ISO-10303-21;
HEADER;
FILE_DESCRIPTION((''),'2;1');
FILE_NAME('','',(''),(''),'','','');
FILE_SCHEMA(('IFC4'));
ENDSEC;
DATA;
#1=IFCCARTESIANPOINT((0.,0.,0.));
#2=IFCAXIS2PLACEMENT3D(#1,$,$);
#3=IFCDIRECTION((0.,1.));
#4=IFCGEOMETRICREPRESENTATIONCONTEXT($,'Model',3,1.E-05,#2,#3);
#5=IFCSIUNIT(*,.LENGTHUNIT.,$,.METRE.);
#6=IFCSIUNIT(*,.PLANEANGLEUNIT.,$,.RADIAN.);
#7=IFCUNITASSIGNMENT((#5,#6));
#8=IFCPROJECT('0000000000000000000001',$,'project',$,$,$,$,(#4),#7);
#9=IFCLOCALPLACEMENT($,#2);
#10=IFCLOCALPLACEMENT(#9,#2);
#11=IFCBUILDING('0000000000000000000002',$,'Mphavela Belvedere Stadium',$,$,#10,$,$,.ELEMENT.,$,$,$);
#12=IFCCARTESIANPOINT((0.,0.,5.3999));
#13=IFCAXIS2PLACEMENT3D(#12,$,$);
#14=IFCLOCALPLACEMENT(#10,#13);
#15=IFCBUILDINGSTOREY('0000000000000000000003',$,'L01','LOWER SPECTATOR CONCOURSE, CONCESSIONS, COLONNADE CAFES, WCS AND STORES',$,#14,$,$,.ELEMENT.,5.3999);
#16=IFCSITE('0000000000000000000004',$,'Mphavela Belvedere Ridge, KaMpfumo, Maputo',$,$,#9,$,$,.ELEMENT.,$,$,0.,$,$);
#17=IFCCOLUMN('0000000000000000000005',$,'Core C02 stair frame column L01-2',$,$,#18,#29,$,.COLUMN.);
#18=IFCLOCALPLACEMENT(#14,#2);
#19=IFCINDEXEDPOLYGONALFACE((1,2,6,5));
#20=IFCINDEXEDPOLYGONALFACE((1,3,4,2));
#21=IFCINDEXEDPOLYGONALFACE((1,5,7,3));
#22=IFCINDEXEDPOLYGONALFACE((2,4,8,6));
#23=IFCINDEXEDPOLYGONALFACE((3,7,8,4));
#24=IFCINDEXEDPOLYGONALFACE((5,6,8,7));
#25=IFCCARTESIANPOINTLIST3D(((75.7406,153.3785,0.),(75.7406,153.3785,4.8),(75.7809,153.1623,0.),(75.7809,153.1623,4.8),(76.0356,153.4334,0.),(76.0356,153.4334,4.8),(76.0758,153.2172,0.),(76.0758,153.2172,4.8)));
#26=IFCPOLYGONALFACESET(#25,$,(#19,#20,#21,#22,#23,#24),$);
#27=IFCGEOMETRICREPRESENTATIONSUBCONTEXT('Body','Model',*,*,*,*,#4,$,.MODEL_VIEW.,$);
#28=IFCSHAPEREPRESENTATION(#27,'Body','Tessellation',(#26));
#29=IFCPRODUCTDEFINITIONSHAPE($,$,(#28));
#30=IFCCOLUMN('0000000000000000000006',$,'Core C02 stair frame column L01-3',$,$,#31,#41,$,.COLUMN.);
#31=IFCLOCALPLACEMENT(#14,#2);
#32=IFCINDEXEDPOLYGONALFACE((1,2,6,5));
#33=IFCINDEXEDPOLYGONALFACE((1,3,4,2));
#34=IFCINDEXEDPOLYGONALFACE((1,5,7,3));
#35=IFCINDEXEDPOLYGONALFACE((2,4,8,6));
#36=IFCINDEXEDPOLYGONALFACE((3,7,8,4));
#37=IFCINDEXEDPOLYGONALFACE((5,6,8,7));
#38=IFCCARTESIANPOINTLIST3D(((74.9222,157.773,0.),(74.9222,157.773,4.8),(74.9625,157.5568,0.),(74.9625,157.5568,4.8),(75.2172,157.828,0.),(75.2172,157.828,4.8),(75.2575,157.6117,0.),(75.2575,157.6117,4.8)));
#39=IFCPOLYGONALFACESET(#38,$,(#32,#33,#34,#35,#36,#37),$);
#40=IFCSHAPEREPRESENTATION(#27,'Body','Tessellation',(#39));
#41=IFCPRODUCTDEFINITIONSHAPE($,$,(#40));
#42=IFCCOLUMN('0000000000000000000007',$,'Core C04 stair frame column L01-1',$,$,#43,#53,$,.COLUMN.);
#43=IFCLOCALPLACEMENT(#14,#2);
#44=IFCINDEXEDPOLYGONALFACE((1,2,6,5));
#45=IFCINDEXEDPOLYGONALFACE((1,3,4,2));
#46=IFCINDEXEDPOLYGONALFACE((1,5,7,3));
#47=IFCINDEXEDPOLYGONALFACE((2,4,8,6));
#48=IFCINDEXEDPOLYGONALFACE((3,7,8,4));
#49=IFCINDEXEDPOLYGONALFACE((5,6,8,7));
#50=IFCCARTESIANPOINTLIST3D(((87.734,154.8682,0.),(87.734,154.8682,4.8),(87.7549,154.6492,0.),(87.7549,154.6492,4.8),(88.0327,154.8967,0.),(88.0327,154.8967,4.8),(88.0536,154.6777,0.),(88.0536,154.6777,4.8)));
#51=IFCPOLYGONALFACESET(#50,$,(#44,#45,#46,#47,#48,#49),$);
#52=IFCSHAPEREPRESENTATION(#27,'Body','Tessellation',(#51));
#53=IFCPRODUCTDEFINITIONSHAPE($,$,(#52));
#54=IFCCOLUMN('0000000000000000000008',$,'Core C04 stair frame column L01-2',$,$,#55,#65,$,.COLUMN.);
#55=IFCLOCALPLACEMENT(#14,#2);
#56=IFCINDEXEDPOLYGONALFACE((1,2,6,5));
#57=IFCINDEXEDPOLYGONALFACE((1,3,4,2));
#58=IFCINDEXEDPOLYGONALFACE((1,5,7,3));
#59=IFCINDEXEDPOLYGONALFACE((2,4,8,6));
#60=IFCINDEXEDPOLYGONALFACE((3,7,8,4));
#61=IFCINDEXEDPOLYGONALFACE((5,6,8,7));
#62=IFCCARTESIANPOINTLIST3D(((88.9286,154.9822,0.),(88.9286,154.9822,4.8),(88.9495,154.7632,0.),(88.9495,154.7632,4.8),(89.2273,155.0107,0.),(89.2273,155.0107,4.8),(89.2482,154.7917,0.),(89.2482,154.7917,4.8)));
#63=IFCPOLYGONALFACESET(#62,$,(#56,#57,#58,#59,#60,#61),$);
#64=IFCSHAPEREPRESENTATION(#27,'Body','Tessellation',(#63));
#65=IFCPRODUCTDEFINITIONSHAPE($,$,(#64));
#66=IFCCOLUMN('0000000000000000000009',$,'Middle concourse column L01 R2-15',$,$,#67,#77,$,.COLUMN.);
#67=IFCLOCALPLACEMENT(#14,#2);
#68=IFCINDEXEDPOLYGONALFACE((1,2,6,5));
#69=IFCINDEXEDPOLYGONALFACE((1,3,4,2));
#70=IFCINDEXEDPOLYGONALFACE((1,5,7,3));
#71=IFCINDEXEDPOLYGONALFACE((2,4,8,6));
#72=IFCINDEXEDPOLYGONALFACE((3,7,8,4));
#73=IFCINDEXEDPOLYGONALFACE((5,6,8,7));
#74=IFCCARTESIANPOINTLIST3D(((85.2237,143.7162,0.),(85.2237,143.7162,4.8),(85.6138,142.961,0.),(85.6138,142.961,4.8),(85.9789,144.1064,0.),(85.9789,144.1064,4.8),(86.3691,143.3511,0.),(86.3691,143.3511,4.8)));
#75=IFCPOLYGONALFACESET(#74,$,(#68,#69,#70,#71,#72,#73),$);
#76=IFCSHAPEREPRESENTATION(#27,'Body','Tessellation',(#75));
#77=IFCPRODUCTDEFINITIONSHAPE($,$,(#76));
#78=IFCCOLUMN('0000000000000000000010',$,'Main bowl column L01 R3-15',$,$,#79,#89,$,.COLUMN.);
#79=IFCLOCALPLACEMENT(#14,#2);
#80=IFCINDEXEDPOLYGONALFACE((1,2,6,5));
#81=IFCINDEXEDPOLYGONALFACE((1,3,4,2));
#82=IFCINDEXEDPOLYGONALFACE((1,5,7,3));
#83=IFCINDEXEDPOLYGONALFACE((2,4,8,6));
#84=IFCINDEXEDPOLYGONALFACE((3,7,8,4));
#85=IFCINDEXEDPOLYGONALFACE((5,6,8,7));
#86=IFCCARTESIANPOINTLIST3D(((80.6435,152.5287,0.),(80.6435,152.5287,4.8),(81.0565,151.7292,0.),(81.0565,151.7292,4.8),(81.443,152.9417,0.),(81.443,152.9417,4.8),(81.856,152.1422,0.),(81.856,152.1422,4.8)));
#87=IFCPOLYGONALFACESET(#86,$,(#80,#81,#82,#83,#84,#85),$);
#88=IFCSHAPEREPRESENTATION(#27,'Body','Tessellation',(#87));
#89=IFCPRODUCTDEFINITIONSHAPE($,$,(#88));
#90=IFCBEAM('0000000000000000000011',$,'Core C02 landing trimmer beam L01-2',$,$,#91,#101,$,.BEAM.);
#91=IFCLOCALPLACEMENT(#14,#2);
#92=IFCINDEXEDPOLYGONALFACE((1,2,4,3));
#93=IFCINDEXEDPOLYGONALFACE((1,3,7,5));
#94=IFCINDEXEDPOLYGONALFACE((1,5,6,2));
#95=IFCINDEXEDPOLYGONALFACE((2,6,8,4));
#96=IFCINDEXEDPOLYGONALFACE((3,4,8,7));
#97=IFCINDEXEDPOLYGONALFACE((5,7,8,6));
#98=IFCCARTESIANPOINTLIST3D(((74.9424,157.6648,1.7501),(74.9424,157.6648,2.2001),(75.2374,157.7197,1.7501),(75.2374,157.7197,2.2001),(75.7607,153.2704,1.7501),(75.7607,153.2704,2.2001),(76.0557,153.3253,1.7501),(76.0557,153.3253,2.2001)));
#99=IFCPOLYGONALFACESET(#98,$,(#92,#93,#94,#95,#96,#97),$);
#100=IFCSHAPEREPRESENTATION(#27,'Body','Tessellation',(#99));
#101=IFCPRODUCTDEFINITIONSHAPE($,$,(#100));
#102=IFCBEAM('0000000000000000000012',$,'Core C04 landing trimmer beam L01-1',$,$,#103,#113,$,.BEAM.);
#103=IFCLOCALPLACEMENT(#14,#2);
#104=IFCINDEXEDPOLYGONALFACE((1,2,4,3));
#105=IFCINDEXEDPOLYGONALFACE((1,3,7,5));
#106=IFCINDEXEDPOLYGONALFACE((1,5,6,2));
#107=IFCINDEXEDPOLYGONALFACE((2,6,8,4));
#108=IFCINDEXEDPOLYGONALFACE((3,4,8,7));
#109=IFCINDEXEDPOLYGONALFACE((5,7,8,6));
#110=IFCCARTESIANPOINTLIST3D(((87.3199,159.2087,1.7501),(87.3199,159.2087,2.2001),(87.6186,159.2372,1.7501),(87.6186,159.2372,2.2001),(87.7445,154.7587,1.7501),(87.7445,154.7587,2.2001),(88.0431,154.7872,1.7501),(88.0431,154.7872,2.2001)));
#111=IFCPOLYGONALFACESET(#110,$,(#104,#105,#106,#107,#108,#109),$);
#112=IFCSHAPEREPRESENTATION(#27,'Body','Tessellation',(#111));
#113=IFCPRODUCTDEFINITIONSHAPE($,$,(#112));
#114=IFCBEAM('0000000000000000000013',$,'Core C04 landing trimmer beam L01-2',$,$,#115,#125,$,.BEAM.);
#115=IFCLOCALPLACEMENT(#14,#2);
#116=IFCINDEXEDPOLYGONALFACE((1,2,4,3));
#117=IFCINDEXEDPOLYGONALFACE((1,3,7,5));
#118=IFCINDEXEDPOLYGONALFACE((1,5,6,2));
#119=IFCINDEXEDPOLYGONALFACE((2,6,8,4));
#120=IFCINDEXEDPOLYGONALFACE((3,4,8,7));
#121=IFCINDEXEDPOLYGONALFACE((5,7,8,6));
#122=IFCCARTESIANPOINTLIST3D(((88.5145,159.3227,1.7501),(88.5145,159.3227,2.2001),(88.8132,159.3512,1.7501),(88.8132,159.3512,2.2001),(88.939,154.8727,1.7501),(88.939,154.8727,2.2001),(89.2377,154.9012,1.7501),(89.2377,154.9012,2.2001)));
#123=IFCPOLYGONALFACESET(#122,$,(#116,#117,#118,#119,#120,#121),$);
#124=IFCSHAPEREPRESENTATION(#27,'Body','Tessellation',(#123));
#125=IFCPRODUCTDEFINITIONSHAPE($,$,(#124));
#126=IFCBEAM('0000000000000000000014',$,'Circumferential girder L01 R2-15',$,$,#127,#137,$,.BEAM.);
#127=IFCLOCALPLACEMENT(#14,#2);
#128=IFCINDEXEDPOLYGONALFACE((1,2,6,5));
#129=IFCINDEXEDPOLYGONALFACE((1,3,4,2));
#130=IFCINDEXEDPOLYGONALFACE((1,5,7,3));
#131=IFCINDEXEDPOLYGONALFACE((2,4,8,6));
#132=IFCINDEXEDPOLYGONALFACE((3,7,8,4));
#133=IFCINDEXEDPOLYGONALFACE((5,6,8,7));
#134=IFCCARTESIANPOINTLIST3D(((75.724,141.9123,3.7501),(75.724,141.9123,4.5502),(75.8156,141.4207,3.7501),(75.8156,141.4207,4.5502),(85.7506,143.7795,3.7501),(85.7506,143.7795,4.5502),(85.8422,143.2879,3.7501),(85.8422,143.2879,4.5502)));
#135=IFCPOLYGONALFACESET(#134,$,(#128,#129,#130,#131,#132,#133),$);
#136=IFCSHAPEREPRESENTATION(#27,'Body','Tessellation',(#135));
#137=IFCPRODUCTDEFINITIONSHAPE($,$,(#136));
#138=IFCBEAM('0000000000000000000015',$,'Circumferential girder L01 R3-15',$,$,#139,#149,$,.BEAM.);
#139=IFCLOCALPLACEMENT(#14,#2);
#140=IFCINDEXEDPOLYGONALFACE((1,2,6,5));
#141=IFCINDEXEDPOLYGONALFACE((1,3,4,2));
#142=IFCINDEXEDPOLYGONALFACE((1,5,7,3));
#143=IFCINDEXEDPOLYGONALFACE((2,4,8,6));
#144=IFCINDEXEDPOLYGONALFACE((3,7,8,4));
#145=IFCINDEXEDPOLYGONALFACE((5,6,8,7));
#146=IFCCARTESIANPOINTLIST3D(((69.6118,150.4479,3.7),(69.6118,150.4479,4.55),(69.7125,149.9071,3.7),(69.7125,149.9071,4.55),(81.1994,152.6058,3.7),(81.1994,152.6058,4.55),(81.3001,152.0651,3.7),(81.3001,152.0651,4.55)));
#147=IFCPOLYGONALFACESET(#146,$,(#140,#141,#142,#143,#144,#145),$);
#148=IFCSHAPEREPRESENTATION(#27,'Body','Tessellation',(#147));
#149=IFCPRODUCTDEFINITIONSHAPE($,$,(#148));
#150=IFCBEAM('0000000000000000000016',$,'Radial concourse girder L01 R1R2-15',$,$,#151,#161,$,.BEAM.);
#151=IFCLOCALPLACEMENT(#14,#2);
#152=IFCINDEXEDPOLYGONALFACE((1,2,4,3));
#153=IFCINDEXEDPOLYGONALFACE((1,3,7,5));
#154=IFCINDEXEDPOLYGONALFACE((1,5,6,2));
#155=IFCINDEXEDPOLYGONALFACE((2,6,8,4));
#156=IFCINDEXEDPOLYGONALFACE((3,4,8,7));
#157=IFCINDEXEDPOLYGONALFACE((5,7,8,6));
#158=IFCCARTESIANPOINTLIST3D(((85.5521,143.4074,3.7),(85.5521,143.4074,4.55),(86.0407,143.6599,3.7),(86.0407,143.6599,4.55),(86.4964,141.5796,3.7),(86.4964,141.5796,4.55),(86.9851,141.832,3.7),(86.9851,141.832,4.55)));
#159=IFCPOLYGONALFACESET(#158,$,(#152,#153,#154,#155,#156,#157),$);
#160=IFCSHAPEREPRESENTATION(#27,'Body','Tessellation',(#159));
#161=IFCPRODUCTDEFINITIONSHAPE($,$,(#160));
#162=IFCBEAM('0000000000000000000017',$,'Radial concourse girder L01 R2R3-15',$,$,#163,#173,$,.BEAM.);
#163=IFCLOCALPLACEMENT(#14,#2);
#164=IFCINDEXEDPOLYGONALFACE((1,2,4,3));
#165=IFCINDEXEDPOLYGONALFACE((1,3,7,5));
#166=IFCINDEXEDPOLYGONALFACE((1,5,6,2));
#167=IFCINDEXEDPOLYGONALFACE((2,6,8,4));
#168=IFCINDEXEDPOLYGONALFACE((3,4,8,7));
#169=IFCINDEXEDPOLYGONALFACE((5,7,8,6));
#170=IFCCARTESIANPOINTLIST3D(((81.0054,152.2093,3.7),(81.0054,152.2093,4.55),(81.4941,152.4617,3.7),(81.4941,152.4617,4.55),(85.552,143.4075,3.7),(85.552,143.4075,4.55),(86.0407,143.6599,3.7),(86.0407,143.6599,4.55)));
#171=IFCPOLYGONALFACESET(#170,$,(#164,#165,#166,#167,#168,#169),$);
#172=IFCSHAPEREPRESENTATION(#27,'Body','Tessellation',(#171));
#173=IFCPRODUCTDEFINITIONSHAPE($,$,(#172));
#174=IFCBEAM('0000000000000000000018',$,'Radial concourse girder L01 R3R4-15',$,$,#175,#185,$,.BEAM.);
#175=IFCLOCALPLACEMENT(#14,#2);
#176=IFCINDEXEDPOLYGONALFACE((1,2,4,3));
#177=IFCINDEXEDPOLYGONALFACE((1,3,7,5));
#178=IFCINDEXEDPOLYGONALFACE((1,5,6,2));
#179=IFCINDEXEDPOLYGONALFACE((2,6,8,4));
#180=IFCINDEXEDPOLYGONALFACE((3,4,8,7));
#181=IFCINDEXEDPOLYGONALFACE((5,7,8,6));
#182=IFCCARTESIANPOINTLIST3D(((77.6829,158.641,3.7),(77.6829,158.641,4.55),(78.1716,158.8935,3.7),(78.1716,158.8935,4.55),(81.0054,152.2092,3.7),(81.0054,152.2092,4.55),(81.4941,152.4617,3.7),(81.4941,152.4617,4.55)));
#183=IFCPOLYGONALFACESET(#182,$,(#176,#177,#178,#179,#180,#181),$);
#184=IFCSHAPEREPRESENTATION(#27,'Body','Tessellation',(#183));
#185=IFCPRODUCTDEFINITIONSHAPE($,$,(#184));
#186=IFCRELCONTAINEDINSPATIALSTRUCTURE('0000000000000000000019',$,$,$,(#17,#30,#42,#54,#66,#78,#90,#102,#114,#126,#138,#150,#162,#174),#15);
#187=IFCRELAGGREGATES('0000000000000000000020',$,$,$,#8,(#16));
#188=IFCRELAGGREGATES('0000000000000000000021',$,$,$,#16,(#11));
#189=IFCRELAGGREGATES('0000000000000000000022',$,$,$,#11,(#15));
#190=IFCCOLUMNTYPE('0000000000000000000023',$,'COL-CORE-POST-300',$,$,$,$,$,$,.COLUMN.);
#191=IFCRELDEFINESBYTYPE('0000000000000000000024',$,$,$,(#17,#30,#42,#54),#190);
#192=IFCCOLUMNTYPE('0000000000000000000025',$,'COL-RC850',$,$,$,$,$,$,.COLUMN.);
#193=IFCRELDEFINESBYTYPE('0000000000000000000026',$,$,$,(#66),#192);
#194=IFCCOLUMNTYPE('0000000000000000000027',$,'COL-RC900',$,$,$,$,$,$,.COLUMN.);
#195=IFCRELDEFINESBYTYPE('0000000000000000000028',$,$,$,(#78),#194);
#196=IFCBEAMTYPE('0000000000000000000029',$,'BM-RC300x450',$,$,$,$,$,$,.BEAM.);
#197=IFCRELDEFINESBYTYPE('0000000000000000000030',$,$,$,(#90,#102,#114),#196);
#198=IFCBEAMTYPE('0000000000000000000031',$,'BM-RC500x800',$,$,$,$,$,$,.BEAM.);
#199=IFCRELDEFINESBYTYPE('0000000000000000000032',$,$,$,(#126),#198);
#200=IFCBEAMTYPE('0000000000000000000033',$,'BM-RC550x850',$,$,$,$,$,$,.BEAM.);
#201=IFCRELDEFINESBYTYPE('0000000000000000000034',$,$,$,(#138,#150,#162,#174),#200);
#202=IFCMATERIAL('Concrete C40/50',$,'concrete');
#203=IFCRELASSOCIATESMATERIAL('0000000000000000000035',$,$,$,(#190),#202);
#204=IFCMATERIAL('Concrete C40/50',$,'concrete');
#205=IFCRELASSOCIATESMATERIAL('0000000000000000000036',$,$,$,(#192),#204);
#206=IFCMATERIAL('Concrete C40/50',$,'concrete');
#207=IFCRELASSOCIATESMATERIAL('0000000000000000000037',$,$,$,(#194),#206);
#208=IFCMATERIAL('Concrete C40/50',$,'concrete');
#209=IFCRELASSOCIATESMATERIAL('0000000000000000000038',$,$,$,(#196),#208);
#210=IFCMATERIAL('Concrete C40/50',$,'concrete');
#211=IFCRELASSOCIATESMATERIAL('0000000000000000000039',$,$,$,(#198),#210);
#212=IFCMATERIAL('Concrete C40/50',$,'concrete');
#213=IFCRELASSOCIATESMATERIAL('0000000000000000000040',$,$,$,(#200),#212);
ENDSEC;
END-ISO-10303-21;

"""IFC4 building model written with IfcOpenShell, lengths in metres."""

from ifc_helpers import new_model, si_unit, direction, frame, origin, origin_2d, place, context, subcontext, project, spatial, rectangle, extrude, material, material_profile, profile_set, type_object, element, save


model = new_model("IFC4")

# Units and contexts
model_context = context("Model", 3, precision=1e-05, world=origin(), true_north=direction((0.0, 1.0)))
body_context = subcontext(model_context, "Body", "Model", "MODEL_VIEW")
ifc_project = project(units=[si_unit("LENGTHUNIT", "METRE"), si_unit("PLANEANGLEUNIT", "RADIAN")], contexts=[model_context])

# Site, building, storey
site_placement = place(None, origin())
site = spatial("IfcSite", under=ifc_project, at=site_placement, Name="Mphavela Belvedere Ridge, KaMpfumo, Maputo", CompositionType="ELEMENT", RefElevation=0.0)
building_placement = place(site_placement, origin())
building = spatial("IfcBuilding", under=site, at=building_placement, Name="Mphavela Belvedere Stadium", CompositionType="ELEMENT")
storey_placement = place(building_placement, frame((0.0, 0.0, 5.3999)))
storey = spatial("IfcBuildingStorey", under=building, at=storey_placement, Name="L01", Description="LOWER SPECTATOR CONCOURSE, CONCESSIONS, COLONNADE CAFES, WCS AND STORES", CompositionType="ELEMENT", Elevation=5.3999)

# Columns
ifc_material_1 = material(Name="Concrete C40/50", Category="concrete")
ifc_material_profile_1 = material_profile(ifc_material_1, rectangle(XDim=0.3, YDim=0.22, at=origin_2d()), Name="RC 300x220")
ifc_profile_set_1 = profile_set([ifc_material_profile_1], Name="Concrete C40/50")
column_type_1 = type_object("IfcColumnType", Name="COL-CORE-POST-300", PredefinedType="COLUMN", material=ifc_profile_set_1)
for number, where, z_axis, x_axis, name in (
    (1, (75.9082, 153.2979, 0.0), (0.0, 0.0, 1.0), (0.983096, 0.183094, 0.0), "Core C02 stair frame column L01-2"),
    (2, (75.0898, 157.6924, 0.0), (0.0, 0.0, 1.0), (0.983096, 0.183094, 0.0), "Core C02 stair frame column L01-3"),
    (3, (87.8938, 154.7729, 0.0), (0.0, 0.0, 1.0), (0.995479, 0.094977, 0.0), "Core C04 stair frame column L01-1"),
    (4, (89.0884, 154.887, 0.0), (0.0, 0.0, 1.0), (0.995479, 0.094977, 0.0), "Core C04 stair frame column L01-2"),
):
    element("IfcColumn", number, at=place(storey_placement, frame(where, z_axis=z_axis, x_axis=x_axis)), inside=storey, type_object=column_type_1, Name=name, PredefinedType="COLUMN", context=body_context, shape_type="SweptSolid", body=[
        extrude(rectangle(XDim=0.3, YDim=0.22, at=origin_2d()), origin(), (0.0, 0.0, 1.0), 4.8),
    ])
ifc_material_2 = material(Name="Concrete C40/50", Category="concrete")
ifc_material_profile_2 = material_profile(ifc_material_2, rectangle(XDim=0.8501, YDim=0.8501, at=origin_2d()), Name="RC 850x850")
ifc_profile_set_2 = profile_set([ifc_material_profile_2], Name="Concrete C40/50")
column_type_2 = type_object("IfcColumnType", Name="COL-RC850", PredefinedType="COLUMN", material=ifc_profile_set_2)
column_1_placement = place(storey_placement, frame((85.7964, 143.5337, 0.0), z_axis=(0.0, 0.0, 1.0), x_axis=(-0.45896, 0.888457, 0.0)))
element("IfcColumn", 5, at=column_1_placement, inside=storey, type_object=column_type_2, Name="Middle concourse column L01 R2-15", PredefinedType="COLUMN", context=body_context, shape_type="SweptSolid", body=[
    extrude(rectangle(XDim=0.8501, YDim=0.8501, at=origin_2d()), origin(), (0.0, 0.0, 1.0), 4.8),
])
ifc_material_3 = material(Name="Concrete C40/50", Category="concrete")
ifc_material_profile_3 = material_profile(ifc_material_3, rectangle(XDim=0.8999, YDim=0.8999, at=origin_2d()), Name="RC 900x900")
ifc_profile_set_3 = profile_set([ifc_material_profile_3], Name="Concrete C40/50")
column_type_3 = type_object("IfcColumnType", Name="COL-RC900", PredefinedType="COLUMN", material=ifc_profile_set_3)
column_2_placement = place(storey_placement, frame((81.2498, 152.3354, 0.0), z_axis=(0.0, 0.0, 1.0), x_axis=(-0.45896, 0.888457, 0.0)))
element("IfcColumn", 6, at=column_2_placement, inside=storey, type_object=column_type_3, Name="Main bowl column L01 R3-15", PredefinedType="COLUMN", context=body_context, shape_type="SweptSolid", body=[
    extrude(rectangle(XDim=0.8999, YDim=0.8999, at=origin_2d()), origin(), (0.0, 0.0, 1.0), 4.8),
])

# Beams
ifc_material_4 = material(Name="Concrete C40/50", Category="concrete")
ifc_material_profile_4 = material_profile(ifc_material_4, rectangle(XDim=0.3, YDim=0.45, at=origin_2d()), Name="RC 300x450")
ifc_profile_set_4 = profile_set([ifc_material_profile_4], Name="Concrete C40/50")
beam_type_1 = type_object("IfcBeamType", Name="BM-RC300x450", PredefinedType="BEAM", material=ifc_profile_set_4)
beam_1_placement = place(storey_placement, frame((75.9082, 153.2979, 1.9751), z_axis=(-0.183075, 0.983099, 0.0), x_axis=(-0.983099, -0.183075, 0.0)))
element("IfcBeam", 7, at=beam_1_placement, inside=storey, type_object=beam_type_1, Name="Core C02 landing trimmer beam L01-2", PredefinedType="BEAM", context=body_context, shape_type="SweptSolid", body=[
    extrude(rectangle(XDim=0.3, YDim=0.45, at=origin_2d()), origin(), (0.0, 0.0, 1.0), 4.47),
])
for number, where, z_axis, x_axis, name in (
    (8, (87.8938, 154.7729, 1.9751), (-0.094977, 0.99548, 0.0), (-0.99548, -0.094977, 0.0), "Core C04 landing trimmer beam L01-1"),
    (9, (89.0884, 154.887, 1.9751), (-0.094977, 0.99548, 0.0), (-0.99548, -0.094977, 0.0), "Core C04 landing trimmer beam L01-2"),
):
    element("IfcBeam", number, at=place(storey_placement, frame(where, z_axis=z_axis, x_axis=x_axis)), inside=storey, type_object=beam_type_1, Name=name, PredefinedType="BEAM", context=body_context, shape_type="SweptSolid", body=[
        extrude(rectangle(XDim=0.3, YDim=0.45, at=origin_2d()), origin(), (0.0, 0.0, 1.0), 4.4702),
    ])
ifc_material_5 = material(Name="Concrete C40/50", Category="concrete")
ifc_material_profile_5 = material_profile(ifc_material_5, rectangle(XDim=0.5, YDim=0.8, at=origin_2d()), Name="RC 500x800")
ifc_profile_set_5 = profile_set([ifc_material_profile_5], Name="Concrete C40/50")
beam_type_2 = type_object("IfcBeamType", Name="BM-RC500x800", PredefinedType="BEAM", material=ifc_profile_set_5)
beam_2_placement = place(storey_placement, frame((85.7964, 143.5337, 4.1501), z_axis=(-0.983099, -0.183076, 0.0), x_axis=(0.183076, -0.983099, 0.0)))
element("IfcBeam", 10, at=beam_2_placement, inside=storey, type_object=beam_type_2, Name="Circumferential girder L01 R2-15", PredefinedType="BEAM", context=body_context, shape_type="SweptSolid", body=[
    extrude(rectangle(XDim=0.5, YDim=0.8, at=origin_2d()), origin(), (0.0, 0.0, 1.0), 10.199),
])
ifc_material_6 = material(Name="Concrete C40/50", Category="concrete")
ifc_material_profile_6 = material_profile(ifc_material_6, rectangle(XDim=0.55, YDim=0.8501, at=origin_2d()), Name="RC 550x850")
ifc_profile_set_6 = profile_set([ifc_material_profile_6], Name="Concrete C40/50")
beam_type_3 = type_object("IfcBeamType", Name="BM-RC550x850", PredefinedType="BEAM", material=ifc_profile_set_6)
beam_3_placement = place(storey_placement, frame((81.2498, 152.3354, 4.125), z_axis=(-0.983098, -0.183082, 0.0), x_axis=(0.183082, -0.983098, 0.0)))
element("IfcBeam", 11, at=beam_3_placement, inside=storey, type_object=beam_type_3, Name="Circumferential girder L01 R3-15", PredefinedType="BEAM", context=body_context, shape_type="SweptSolid", body=[
    extrude(rectangle(XDim=0.55, YDim=0.8501, at=origin_2d()), origin(), (0.0, 0.0, 1.0), 11.7869),
])
beam_4_placement = place(storey_placement, frame((86.7407, 141.7058, 4.125), z_axis=(-0.458994, 0.88844, 0.0), x_axis=(-0.88844, -0.458994, 0.0)))
element("IfcBeam", 12, at=beam_4_placement, inside=storey, type_object=beam_type_3, Name="Radial concourse girder L01 R1R2-15", PredefinedType="BEAM", context=body_context, shape_type="SweptSolid", body=[
    extrude(rectangle(XDim=0.55, YDim=0.8501, at=origin_2d()), origin(), (0.0, 0.0, 1.0), 2.0574),
])
beam_5_placement = place(storey_placement, frame((85.7964, 143.5337, 4.125), z_axis=(-0.458945, 0.888465, 0.0), x_axis=(-0.888465, -0.458945, 0.0)))
element("IfcBeam", 13, at=beam_5_placement, inside=storey, type_object=beam_type_3, Name="Radial concourse girder L01 R2R3-15", PredefinedType="BEAM", context=body_context, shape_type="SweptSolid", body=[
    extrude(rectangle(XDim=0.55, YDim=0.8501, at=origin_2d()), origin(), (0.0, 0.0, 1.0), 9.9067),
])
beam_6_placement = place(storey_placement, frame((81.2498, 152.3354, 4.125), z_axis=(-0.458951, 0.888461, 0.0), x_axis=(-0.888461, -0.458951, 0.0)))
element("IfcBeam", 14, at=beam_6_placement, inside=storey, type_object=beam_type_3, Name="Radial concourse girder L01 R3R4-15", PredefinedType="BEAM", context=body_context, shape_type="SweptSolid", body=[
    extrude(rectangle(XDim=0.55, YDim=0.8501, at=origin_2d()), origin(), (0.0, 0.0, 1.0), 7.2393),
])

save(model, "model.ifc")
